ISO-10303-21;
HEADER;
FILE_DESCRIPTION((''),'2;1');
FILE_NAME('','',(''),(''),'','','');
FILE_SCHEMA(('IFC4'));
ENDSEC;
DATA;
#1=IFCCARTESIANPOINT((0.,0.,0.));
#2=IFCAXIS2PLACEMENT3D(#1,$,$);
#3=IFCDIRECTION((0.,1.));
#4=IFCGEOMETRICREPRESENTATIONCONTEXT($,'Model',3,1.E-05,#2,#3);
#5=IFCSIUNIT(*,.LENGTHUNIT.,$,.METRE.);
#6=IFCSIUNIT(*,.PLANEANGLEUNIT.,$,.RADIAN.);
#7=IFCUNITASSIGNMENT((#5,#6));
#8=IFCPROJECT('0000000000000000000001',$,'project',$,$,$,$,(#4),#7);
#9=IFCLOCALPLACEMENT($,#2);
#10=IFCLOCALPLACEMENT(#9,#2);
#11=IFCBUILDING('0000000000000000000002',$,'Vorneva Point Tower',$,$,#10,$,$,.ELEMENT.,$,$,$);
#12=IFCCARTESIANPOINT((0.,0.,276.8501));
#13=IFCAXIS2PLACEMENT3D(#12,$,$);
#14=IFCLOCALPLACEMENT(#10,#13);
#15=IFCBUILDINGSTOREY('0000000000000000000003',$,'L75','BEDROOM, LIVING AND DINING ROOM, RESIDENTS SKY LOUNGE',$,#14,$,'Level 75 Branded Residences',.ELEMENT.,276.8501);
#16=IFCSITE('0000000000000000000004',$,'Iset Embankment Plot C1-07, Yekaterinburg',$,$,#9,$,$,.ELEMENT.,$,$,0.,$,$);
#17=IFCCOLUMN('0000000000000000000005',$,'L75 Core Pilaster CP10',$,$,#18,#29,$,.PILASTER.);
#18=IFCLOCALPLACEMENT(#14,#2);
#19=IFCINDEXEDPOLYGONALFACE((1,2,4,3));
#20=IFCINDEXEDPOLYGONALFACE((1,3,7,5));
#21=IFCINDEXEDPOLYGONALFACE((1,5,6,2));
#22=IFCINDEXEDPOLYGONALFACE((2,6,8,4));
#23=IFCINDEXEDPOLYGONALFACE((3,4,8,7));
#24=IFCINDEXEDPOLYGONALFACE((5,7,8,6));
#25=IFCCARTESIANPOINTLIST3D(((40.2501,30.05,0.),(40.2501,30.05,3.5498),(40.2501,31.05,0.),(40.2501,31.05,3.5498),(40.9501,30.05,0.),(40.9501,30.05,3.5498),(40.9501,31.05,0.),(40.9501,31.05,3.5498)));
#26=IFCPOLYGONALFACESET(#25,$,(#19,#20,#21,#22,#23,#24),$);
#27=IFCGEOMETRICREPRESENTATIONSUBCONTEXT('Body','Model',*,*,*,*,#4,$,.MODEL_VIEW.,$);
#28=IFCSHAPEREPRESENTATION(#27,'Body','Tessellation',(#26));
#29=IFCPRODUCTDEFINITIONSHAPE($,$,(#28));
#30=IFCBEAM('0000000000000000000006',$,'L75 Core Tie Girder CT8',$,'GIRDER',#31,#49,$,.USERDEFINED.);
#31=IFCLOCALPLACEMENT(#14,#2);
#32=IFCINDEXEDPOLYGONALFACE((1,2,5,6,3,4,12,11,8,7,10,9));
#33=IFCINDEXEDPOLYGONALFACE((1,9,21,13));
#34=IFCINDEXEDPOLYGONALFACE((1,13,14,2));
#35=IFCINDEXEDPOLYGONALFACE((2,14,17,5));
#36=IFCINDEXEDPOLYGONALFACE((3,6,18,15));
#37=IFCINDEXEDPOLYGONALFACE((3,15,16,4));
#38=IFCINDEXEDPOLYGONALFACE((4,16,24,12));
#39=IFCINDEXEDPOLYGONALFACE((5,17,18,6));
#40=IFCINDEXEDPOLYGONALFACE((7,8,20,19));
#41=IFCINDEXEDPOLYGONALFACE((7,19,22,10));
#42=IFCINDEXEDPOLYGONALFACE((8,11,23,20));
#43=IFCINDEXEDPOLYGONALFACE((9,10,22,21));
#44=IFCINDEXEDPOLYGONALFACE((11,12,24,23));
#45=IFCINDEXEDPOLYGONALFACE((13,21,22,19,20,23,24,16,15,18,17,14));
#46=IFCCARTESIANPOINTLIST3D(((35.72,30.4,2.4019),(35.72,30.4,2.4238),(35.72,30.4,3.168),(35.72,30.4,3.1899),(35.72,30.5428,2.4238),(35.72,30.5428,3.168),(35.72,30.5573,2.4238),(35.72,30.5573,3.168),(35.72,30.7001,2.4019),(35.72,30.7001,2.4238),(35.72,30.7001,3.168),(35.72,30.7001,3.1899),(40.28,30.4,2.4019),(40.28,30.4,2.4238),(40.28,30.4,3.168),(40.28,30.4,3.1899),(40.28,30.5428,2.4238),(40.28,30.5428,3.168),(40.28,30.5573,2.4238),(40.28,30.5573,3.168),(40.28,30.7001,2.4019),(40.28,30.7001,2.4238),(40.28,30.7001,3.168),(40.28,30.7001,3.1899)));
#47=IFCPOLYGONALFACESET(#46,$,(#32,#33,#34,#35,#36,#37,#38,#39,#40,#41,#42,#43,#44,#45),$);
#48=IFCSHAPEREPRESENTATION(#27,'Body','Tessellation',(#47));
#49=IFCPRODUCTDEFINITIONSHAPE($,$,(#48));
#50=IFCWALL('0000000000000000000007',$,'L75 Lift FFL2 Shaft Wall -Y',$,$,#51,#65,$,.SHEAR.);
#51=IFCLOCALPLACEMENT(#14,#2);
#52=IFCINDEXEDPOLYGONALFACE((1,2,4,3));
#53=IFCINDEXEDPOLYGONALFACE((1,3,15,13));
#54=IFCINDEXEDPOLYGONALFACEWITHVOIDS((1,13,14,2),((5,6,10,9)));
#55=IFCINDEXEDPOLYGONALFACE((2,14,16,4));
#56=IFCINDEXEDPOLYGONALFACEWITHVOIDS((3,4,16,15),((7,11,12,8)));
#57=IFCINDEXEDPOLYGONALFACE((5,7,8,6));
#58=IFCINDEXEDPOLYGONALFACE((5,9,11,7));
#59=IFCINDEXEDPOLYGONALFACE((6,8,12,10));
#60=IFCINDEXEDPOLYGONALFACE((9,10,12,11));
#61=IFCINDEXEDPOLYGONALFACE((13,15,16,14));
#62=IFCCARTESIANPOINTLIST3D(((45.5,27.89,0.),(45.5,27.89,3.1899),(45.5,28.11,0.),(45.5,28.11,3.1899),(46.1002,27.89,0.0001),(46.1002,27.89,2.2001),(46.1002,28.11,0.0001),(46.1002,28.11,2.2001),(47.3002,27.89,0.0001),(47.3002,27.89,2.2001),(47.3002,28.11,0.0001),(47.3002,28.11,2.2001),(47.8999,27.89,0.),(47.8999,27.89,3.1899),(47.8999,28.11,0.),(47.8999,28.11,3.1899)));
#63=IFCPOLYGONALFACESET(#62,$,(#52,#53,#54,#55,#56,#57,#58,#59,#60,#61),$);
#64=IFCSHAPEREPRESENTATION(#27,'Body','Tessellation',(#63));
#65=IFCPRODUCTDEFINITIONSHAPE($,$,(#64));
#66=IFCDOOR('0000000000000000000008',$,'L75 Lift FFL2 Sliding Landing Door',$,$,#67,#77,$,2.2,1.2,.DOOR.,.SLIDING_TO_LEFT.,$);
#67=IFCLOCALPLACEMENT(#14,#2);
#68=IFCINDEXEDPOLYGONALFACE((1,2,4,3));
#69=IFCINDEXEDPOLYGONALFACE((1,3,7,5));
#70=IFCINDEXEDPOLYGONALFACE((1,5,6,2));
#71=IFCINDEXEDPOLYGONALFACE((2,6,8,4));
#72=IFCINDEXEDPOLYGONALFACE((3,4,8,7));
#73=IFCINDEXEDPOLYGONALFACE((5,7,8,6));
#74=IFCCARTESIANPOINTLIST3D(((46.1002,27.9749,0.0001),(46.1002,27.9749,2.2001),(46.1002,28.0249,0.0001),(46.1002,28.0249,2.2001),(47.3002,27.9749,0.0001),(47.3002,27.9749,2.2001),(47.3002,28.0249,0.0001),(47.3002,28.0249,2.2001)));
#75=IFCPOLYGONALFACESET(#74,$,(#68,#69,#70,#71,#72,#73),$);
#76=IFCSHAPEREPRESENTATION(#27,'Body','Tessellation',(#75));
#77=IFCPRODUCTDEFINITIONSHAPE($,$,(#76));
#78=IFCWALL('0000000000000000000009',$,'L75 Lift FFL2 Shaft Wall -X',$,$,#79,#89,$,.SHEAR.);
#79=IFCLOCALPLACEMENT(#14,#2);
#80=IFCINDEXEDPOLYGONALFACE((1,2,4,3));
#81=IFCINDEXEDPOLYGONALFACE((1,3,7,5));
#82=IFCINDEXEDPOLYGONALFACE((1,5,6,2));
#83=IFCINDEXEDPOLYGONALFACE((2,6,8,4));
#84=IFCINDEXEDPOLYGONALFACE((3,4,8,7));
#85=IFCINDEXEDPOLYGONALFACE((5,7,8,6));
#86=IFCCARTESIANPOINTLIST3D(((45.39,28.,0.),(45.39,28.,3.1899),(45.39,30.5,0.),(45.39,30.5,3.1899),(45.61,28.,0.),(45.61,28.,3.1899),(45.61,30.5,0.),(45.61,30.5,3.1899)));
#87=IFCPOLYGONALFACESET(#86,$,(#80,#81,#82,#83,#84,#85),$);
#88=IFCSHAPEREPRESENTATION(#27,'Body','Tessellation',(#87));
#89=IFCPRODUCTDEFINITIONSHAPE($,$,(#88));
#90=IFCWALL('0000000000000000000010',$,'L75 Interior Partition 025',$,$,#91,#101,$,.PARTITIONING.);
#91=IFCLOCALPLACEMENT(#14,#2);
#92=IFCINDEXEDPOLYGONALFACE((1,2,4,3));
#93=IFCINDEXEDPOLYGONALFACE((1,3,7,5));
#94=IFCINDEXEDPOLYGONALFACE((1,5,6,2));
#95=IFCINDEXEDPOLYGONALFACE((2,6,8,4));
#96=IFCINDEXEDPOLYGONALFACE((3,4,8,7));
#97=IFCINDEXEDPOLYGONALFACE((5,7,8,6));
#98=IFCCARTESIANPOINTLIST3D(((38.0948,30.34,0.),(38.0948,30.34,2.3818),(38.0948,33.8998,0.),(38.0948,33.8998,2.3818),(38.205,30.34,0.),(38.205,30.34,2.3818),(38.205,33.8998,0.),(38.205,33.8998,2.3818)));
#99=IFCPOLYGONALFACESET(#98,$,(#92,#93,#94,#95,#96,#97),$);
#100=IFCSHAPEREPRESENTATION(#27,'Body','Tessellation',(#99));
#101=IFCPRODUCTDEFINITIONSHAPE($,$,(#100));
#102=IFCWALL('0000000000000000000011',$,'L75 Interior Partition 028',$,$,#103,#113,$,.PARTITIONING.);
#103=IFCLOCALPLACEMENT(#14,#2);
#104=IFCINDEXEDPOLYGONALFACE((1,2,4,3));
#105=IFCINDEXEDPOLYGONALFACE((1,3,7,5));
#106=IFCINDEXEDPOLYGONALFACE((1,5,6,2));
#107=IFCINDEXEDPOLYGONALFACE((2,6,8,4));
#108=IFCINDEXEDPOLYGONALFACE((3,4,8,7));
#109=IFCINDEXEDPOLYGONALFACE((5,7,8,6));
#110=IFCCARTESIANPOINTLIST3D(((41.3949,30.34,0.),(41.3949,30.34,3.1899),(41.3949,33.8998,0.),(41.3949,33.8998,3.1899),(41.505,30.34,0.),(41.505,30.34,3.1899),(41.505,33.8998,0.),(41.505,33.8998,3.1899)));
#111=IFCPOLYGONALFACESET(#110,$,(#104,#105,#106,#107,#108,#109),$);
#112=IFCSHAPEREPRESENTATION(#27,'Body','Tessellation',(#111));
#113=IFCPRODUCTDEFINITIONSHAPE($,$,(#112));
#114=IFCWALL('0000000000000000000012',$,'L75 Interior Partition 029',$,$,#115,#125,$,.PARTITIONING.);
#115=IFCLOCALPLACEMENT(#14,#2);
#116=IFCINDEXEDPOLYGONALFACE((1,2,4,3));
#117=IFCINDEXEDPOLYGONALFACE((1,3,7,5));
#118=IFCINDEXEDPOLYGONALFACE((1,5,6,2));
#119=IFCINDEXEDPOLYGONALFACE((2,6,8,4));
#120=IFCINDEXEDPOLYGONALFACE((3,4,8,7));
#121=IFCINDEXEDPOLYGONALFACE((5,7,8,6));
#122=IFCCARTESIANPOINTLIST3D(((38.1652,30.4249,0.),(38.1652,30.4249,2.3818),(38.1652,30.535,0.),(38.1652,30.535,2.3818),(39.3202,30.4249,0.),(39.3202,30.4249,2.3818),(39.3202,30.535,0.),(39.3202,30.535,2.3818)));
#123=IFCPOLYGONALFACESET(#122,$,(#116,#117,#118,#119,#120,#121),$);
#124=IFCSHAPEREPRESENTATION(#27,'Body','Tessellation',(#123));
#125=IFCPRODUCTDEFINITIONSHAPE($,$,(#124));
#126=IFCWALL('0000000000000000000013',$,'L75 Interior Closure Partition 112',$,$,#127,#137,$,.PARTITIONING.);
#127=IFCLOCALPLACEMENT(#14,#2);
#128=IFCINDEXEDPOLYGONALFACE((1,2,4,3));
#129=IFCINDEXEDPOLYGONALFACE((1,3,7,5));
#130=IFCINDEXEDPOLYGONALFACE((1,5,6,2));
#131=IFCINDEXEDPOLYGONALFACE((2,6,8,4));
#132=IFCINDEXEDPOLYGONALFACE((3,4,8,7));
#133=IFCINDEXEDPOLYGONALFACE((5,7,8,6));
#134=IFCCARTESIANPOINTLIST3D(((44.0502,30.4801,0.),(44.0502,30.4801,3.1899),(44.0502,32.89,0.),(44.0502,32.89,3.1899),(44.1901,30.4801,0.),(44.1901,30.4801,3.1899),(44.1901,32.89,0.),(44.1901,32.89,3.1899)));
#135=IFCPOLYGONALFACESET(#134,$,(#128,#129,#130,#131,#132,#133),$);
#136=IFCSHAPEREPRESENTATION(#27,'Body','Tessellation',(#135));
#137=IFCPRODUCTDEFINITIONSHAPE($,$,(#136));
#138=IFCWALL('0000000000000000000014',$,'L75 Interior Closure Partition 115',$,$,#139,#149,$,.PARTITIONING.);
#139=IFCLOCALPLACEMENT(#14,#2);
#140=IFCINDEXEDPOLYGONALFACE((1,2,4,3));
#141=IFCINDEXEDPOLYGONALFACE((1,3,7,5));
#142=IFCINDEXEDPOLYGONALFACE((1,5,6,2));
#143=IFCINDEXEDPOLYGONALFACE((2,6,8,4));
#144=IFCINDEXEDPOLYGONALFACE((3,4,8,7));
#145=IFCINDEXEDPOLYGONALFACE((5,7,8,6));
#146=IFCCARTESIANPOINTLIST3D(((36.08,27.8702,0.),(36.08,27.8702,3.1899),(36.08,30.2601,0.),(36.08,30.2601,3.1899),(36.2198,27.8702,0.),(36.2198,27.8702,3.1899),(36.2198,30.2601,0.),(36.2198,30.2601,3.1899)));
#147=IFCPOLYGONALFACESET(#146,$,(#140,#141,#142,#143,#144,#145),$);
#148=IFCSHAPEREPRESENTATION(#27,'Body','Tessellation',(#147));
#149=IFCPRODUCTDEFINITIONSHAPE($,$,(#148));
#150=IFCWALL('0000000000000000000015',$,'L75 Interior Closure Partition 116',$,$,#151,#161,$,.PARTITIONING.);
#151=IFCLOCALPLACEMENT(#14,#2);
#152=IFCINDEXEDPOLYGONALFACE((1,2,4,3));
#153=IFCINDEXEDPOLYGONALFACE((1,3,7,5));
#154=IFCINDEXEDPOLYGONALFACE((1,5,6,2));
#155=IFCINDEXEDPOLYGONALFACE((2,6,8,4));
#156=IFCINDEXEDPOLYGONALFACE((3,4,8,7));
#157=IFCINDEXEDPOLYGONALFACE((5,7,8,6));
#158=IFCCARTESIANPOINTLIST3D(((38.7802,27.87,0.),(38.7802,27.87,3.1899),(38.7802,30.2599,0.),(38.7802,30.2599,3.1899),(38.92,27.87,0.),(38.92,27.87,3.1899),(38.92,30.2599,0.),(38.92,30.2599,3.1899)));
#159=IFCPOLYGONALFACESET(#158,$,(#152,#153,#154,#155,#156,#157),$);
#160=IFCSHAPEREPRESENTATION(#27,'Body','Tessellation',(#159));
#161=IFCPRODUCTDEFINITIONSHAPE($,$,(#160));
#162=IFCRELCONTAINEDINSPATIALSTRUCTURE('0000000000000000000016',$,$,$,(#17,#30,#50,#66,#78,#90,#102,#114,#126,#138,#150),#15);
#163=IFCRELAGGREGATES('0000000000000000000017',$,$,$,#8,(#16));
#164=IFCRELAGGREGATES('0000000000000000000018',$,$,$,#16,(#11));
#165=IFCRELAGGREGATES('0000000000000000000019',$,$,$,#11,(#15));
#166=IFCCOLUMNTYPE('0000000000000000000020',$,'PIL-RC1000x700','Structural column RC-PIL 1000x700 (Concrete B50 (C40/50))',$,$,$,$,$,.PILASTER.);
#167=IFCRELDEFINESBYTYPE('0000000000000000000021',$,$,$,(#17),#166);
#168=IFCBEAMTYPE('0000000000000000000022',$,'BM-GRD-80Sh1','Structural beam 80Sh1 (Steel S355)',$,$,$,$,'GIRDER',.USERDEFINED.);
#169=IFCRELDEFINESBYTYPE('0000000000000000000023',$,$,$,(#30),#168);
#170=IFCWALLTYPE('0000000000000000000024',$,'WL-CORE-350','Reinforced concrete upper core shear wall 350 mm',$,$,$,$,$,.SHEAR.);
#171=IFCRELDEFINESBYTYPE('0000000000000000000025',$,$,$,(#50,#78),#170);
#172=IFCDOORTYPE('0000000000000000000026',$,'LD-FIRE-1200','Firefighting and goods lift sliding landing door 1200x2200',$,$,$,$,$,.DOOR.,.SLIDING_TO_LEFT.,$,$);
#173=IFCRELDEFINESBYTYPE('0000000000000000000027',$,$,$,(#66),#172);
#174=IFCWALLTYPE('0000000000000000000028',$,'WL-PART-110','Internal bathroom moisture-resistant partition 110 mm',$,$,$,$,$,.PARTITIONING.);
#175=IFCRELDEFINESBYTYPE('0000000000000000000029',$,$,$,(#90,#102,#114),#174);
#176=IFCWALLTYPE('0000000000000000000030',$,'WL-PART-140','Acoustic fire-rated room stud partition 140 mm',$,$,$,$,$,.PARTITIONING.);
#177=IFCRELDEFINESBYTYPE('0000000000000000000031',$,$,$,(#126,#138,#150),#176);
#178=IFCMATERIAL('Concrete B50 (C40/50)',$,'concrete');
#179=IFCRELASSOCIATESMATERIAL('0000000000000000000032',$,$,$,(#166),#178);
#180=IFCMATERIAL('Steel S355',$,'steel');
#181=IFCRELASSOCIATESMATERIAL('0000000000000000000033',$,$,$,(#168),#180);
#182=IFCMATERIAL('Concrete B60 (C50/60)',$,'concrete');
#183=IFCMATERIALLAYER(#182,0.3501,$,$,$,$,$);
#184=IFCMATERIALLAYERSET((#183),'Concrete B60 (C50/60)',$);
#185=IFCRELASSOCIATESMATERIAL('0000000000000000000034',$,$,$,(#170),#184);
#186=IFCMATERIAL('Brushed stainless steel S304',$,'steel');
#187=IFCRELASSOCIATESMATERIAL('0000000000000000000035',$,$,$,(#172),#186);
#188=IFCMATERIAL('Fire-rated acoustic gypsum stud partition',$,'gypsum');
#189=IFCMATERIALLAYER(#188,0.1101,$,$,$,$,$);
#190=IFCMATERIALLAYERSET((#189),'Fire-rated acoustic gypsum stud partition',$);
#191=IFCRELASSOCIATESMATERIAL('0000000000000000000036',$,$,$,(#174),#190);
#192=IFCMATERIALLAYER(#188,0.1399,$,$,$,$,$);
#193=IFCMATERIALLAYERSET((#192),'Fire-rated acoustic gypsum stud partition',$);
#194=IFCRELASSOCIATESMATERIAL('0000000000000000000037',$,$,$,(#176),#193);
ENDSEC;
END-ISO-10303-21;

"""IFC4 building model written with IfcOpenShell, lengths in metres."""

from ifc_helpers import new_model, si_unit, direction, frame, frame_2d, origin, origin_2d, place, context, subcontext, project, spatial, rectangle, i_section, extrude, material, layer, layer_set, material_profile, profile_set, type_object, element, fill, save


model = new_model("IFC4")

# Units and contexts
model_context = context("Model", 3, precision=1e-05, world=origin(), true_north=direction((0.0, 1.0)))
body_context = subcontext(model_context, "Body", "Model", "MODEL_VIEW")
ifc_project = project(units=[si_unit("LENGTHUNIT", "METRE"), si_unit("PLANEANGLEUNIT", "RADIAN")], contexts=[model_context])

# Site, building, storey
site_placement = place(None, origin())
site = spatial("IfcSite", under=ifc_project, at=site_placement, Name="Iset Embankment Plot C1-07, Yekaterinburg", CompositionType="ELEMENT", RefElevation=0.0)
building_placement = place(site_placement, origin())
building = spatial("IfcBuilding", under=site, at=building_placement, Name="Vorneva Point Tower", CompositionType="ELEMENT")
storey_placement = place(building_placement, frame((0.0, 0.0, 276.8501)))
storey = spatial("IfcBuildingStorey", under=building, at=storey_placement, Name="L75", Description="BEDROOM, LIVING AND DINING ROOM, RESIDENTS SKY LOUNGE", LongName="Level 75 Branded Residences", CompositionType="ELEMENT", Elevation=276.8501)

# Column
ifc_material_1 = material(Name="Concrete B50 (C40/50)", Category="concrete")
ifc_material_profile_1 = material_profile(ifc_material_1, rectangle(XDim=0.7, YDim=1.0, at=origin_2d()), Name="RC-PIL 1000x700")
ifc_profile_set_1 = profile_set([ifc_material_profile_1], Name="Concrete B50 (C40/50)")
column_type = type_object("IfcColumnType", Name="PIL-RC1000x700", Description="Structural column RC-PIL 1000x700 (Concrete B50 (C40/50))", PredefinedType="PILASTER", material=ifc_profile_set_1)
column_placement = place(storey_placement, frame((40.6001, 30.55, 0.0), z_axis=(0.0, 0.0, 1.0), x_axis=(1.0, 0.0, 0.0)))
element("IfcColumn", 1, at=column_placement, inside=storey, type_object=column_type, Name="L75 Core Pilaster CP10", PredefinedType="PILASTER", context=body_context, shape_type="SweptSolid", body=[
    extrude(rectangle(XDim=0.7, YDim=1.0, at=origin_2d()), origin(), (0.0, 0.0, 1.0), 3.5498),
])

# Beam
ifc_material_2 = material(Name="Steel S355", Category="steel")
ifc_material_profile_2 = material_profile(ifc_material_2, i_section(OverallWidth=0.3, OverallDepth=0.7881, WebThickness=0.0144, FlangeThickness=0.022, at=origin_2d()), Name="80Sh1")
ifc_profile_set_2 = profile_set([ifc_material_profile_2], Name="Steel S355")
beam_type = type_object("IfcBeamType", Name="BM-GRD-80Sh1", Description="Structural beam 80Sh1 (Steel S355)", ElementType="GIRDER", PredefinedType="USERDEFINED", material=ifc_profile_set_2)
beam_placement = place(storey_placement, frame((35.72, 30.55, 2.7959), z_axis=(1.0, 0.0, 0.0), x_axis=(0.0, 1.0, 0.0)))
element("IfcBeam", 2, at=beam_placement, inside=storey, type_object=beam_type, Name="L75 Core Tie Girder CT8", ObjectType="GIRDER", PredefinedType="USERDEFINED", context=body_context, shape_type="SweptSolid", body=[
    extrude(i_section(OverallWidth=0.3, OverallDepth=0.7881, WebThickness=0.0144, FlangeThickness=0.022, at=origin_2d()), origin(), (0.0, 0.0, 1.0), 4.5601),
])

# Wall, opening, door
ifc_material_3 = material(Name="Concrete B60 (C50/60)", Category="concrete")
ifc_layer_1 = layer(ifc_material_3, 0.3501)
ifc_layer_set_1 = layer_set([ifc_layer_1], Name="Concrete B60 (C50/60)")
wall_type_1 = type_object("IfcWallType", Name="WL-CORE-350", Description="Reinforced concrete upper core shear wall 350 mm", PredefinedType="SHEAR", material=ifc_layer_set_1)
wall_1_placement = place(storey_placement, frame((45.5, 28.0, 0.0), z_axis=(0.0, 0.0, 1.0), x_axis=(1.0, 0.0, 0.0)))
wall_1 = element("IfcWall", 3, at=wall_1_placement, inside=storey, type_object=wall_type_1, Name="L75 Lift FFL2 Shaft Wall -Y", PredefinedType="SHEAR", context=body_context, shape_type="SweptSolid", body=[
    extrude(rectangle(XDim=2.3999, YDim=0.22, at=frame_2d((1.2, 0.0))), origin(), (0.0, 0.0, 1.0), 3.1899),
])
opening_1_placement = place(wall_1_placement, frame((0.6001, 0.0, 0.0)))
opening_1 = element("IfcOpeningElement", 4, at=opening_1_placement, cuts=wall_1, PredefinedType="OPENING", context=body_context, shape_type="SweptSolid", body=[
    extrude(rectangle(XDim=1.2, YDim=2.2, at=frame_2d((0.6001, 1.1001))), frame((0.0, 0.125, 0.0), z_axis=(0.0, -1.0, 0.0), x_axis=(1.0, 0.0, 0.0)), (0.0, 0.0, 1.0), 0.2498),
])
ifc_material_4 = material(Name="Brushed stainless steel S304", Category="steel")
door_type_1 = type_object("IfcDoorType", Name="LD-FIRE-1200", Description="Firefighting and goods lift sliding landing door 1200x2200", OperationType="SLIDING_TO_LEFT", PredefinedType="DOOR", material=ifc_material_4)
door_1_placement = place(opening_1_placement, origin())
door_1 = element("IfcDoor", 5, at=door_1_placement, inside=storey, type_object=door_type_1, Name="L75 Lift FFL2 Sliding Landing Door", OperationType="SLIDING_TO_LEFT", OverallHeight=2.2, OverallWidth=1.2, PredefinedType="DOOR", context=body_context, shape_type="SweptSolid", body=[
    extrude(rectangle(XDim=1.2, YDim=2.2, at=frame_2d((0.6001, 1.1001))), frame((0.0, 0.0249, 0.0), z_axis=(0.0, -1.0, 0.0), x_axis=(1.0, 0.0, 0.0)), (0.0, 0.0, 1.0), 0.05),
])
fill(opening_1, door_1)

# Walls
wall_2_placement = place(storey_placement, frame((45.5, 30.5, 0.0), z_axis=(0.0, 0.0, 1.0), x_axis=(0.0, -1.0, 0.0)))
element("IfcWall", 6, at=wall_2_placement, inside=storey, type_object=wall_type_1, Name="L75 Lift FFL2 Shaft Wall -X", PredefinedType="SHEAR", context=body_context, shape_type="SweptSolid", body=[
    extrude(rectangle(XDim=2.5, YDim=0.22, at=frame_2d((1.25, 0.0))), origin(), (0.0, 0.0, 1.0), 3.1899),
])
ifc_material_5 = material(Name="Fire-rated acoustic gypsum stud partition", Category="gypsum")
ifc_layer_2 = layer(ifc_material_5, 0.1101)
ifc_layer_set_2 = layer_set([ifc_layer_2], Name="Fire-rated acoustic gypsum stud partition")
wall_type_2 = type_object("IfcWallType", Name="WL-PART-110", Description="Internal bathroom moisture-resistant partition 110 mm", PredefinedType="PARTITIONING", material=ifc_layer_set_2)
wall_3_placement = place(storey_placement, frame((38.1499, 30.3401, 0.0), z_axis=(0.0, 0.0, 1.0), x_axis=(0.0, 1.0, 0.0)))
element("IfcWall", 7, at=wall_3_placement, inside=storey, type_object=wall_type_2, Name="L75 Interior Partition 025", PredefinedType="PARTITIONING", context=body_context, shape_type="SweptSolid", body=[
    extrude(rectangle(XDim=3.5598, YDim=0.1101, at=frame_2d((1.7798, 0.0))), origin(), (0.0, 0.0, 1.0), 2.3818),
])
wall_4_placement = place(storey_placement, frame((41.45, 30.3401, 0.0), z_axis=(0.0, 0.0, 1.0), x_axis=(0.0, 1.0, 0.0)))
element("IfcWall", 8, at=wall_4_placement, inside=storey, type_object=wall_type_2, Name="L75 Interior Partition 028", PredefinedType="PARTITIONING", context=body_context, shape_type="SweptSolid", body=[
    extrude(rectangle(XDim=3.5598, YDim=0.1101, at=frame_2d((1.7798, 0.0))), origin(), (0.0, 0.0, 1.0), 3.1899),
])
wall_5_placement = place(storey_placement, frame((38.165, 30.48, 0.0), z_axis=(0.0, 0.0, 1.0), x_axis=(1.0, 0.0, 0.0)))
element("IfcWall", 9, at=wall_5_placement, inside=storey, type_object=wall_type_2, Name="L75 Interior Partition 029", PredefinedType="PARTITIONING", context=body_context, shape_type="SweptSolid", body=[
    extrude(rectangle(XDim=1.155, YDim=0.1101, at=frame_2d((0.5776, 0.0))), origin(), (0.0, 0.0, 1.0), 2.3818),
])
ifc_layer_3 = layer(ifc_material_5, 0.1399)
ifc_layer_set_3 = layer_set([ifc_layer_3], Name="Fire-rated acoustic gypsum stud partition")
wall_type_3 = type_object("IfcWallType", Name="WL-PART-140", Description="Acoustic fire-rated room stud partition 140 mm", PredefinedType="PARTITIONING", material=ifc_layer_set_3)
wall_6_placement = place(storey_placement, frame((44.1201, 30.48, 0.0), z_axis=(0.0, 0.0, 1.0), x_axis=(0.0, 1.0, 0.0)))
element("IfcWall", 10, at=wall_6_placement, inside=storey, type_object=wall_type_3, Name="L75 Interior Closure Partition 112", PredefinedType="PARTITIONING", context=body_context, shape_type="SweptSolid", body=[
    extrude(rectangle(XDim=2.4099, YDim=0.1399, at=frame_2d((1.2051, 0.0))), origin(), (0.0, 0.0, 1.0), 3.1899),
])
for number, where, z_axis, x_axis, name in (
    (11, (36.1499, 30.26, 0.0), (0.0, 0.0, 1.0), (0.0, -1.0, 0.0), "L75 Interior Closure Partition 115"),
    (12, (38.8501, 27.8701, 0.0), (0.0, 0.0, 1.0), (0.0, 1.0, 0.0), "L75 Interior Closure Partition 116"),
):
    element("IfcWall", number, at=place(storey_placement, frame(where, z_axis=z_axis, x_axis=x_axis)), inside=storey, type_object=wall_type_3, Name=name, PredefinedType="PARTITIONING", context=body_context, shape_type="SweptSolid", body=[
        extrude(rectangle(XDim=2.3899, YDim=0.1399, at=frame_2d((1.1948, 0.0))), origin(), (0.0, 0.0, 1.0), 3.1899),
    ])

save(model, "model.ifc")
